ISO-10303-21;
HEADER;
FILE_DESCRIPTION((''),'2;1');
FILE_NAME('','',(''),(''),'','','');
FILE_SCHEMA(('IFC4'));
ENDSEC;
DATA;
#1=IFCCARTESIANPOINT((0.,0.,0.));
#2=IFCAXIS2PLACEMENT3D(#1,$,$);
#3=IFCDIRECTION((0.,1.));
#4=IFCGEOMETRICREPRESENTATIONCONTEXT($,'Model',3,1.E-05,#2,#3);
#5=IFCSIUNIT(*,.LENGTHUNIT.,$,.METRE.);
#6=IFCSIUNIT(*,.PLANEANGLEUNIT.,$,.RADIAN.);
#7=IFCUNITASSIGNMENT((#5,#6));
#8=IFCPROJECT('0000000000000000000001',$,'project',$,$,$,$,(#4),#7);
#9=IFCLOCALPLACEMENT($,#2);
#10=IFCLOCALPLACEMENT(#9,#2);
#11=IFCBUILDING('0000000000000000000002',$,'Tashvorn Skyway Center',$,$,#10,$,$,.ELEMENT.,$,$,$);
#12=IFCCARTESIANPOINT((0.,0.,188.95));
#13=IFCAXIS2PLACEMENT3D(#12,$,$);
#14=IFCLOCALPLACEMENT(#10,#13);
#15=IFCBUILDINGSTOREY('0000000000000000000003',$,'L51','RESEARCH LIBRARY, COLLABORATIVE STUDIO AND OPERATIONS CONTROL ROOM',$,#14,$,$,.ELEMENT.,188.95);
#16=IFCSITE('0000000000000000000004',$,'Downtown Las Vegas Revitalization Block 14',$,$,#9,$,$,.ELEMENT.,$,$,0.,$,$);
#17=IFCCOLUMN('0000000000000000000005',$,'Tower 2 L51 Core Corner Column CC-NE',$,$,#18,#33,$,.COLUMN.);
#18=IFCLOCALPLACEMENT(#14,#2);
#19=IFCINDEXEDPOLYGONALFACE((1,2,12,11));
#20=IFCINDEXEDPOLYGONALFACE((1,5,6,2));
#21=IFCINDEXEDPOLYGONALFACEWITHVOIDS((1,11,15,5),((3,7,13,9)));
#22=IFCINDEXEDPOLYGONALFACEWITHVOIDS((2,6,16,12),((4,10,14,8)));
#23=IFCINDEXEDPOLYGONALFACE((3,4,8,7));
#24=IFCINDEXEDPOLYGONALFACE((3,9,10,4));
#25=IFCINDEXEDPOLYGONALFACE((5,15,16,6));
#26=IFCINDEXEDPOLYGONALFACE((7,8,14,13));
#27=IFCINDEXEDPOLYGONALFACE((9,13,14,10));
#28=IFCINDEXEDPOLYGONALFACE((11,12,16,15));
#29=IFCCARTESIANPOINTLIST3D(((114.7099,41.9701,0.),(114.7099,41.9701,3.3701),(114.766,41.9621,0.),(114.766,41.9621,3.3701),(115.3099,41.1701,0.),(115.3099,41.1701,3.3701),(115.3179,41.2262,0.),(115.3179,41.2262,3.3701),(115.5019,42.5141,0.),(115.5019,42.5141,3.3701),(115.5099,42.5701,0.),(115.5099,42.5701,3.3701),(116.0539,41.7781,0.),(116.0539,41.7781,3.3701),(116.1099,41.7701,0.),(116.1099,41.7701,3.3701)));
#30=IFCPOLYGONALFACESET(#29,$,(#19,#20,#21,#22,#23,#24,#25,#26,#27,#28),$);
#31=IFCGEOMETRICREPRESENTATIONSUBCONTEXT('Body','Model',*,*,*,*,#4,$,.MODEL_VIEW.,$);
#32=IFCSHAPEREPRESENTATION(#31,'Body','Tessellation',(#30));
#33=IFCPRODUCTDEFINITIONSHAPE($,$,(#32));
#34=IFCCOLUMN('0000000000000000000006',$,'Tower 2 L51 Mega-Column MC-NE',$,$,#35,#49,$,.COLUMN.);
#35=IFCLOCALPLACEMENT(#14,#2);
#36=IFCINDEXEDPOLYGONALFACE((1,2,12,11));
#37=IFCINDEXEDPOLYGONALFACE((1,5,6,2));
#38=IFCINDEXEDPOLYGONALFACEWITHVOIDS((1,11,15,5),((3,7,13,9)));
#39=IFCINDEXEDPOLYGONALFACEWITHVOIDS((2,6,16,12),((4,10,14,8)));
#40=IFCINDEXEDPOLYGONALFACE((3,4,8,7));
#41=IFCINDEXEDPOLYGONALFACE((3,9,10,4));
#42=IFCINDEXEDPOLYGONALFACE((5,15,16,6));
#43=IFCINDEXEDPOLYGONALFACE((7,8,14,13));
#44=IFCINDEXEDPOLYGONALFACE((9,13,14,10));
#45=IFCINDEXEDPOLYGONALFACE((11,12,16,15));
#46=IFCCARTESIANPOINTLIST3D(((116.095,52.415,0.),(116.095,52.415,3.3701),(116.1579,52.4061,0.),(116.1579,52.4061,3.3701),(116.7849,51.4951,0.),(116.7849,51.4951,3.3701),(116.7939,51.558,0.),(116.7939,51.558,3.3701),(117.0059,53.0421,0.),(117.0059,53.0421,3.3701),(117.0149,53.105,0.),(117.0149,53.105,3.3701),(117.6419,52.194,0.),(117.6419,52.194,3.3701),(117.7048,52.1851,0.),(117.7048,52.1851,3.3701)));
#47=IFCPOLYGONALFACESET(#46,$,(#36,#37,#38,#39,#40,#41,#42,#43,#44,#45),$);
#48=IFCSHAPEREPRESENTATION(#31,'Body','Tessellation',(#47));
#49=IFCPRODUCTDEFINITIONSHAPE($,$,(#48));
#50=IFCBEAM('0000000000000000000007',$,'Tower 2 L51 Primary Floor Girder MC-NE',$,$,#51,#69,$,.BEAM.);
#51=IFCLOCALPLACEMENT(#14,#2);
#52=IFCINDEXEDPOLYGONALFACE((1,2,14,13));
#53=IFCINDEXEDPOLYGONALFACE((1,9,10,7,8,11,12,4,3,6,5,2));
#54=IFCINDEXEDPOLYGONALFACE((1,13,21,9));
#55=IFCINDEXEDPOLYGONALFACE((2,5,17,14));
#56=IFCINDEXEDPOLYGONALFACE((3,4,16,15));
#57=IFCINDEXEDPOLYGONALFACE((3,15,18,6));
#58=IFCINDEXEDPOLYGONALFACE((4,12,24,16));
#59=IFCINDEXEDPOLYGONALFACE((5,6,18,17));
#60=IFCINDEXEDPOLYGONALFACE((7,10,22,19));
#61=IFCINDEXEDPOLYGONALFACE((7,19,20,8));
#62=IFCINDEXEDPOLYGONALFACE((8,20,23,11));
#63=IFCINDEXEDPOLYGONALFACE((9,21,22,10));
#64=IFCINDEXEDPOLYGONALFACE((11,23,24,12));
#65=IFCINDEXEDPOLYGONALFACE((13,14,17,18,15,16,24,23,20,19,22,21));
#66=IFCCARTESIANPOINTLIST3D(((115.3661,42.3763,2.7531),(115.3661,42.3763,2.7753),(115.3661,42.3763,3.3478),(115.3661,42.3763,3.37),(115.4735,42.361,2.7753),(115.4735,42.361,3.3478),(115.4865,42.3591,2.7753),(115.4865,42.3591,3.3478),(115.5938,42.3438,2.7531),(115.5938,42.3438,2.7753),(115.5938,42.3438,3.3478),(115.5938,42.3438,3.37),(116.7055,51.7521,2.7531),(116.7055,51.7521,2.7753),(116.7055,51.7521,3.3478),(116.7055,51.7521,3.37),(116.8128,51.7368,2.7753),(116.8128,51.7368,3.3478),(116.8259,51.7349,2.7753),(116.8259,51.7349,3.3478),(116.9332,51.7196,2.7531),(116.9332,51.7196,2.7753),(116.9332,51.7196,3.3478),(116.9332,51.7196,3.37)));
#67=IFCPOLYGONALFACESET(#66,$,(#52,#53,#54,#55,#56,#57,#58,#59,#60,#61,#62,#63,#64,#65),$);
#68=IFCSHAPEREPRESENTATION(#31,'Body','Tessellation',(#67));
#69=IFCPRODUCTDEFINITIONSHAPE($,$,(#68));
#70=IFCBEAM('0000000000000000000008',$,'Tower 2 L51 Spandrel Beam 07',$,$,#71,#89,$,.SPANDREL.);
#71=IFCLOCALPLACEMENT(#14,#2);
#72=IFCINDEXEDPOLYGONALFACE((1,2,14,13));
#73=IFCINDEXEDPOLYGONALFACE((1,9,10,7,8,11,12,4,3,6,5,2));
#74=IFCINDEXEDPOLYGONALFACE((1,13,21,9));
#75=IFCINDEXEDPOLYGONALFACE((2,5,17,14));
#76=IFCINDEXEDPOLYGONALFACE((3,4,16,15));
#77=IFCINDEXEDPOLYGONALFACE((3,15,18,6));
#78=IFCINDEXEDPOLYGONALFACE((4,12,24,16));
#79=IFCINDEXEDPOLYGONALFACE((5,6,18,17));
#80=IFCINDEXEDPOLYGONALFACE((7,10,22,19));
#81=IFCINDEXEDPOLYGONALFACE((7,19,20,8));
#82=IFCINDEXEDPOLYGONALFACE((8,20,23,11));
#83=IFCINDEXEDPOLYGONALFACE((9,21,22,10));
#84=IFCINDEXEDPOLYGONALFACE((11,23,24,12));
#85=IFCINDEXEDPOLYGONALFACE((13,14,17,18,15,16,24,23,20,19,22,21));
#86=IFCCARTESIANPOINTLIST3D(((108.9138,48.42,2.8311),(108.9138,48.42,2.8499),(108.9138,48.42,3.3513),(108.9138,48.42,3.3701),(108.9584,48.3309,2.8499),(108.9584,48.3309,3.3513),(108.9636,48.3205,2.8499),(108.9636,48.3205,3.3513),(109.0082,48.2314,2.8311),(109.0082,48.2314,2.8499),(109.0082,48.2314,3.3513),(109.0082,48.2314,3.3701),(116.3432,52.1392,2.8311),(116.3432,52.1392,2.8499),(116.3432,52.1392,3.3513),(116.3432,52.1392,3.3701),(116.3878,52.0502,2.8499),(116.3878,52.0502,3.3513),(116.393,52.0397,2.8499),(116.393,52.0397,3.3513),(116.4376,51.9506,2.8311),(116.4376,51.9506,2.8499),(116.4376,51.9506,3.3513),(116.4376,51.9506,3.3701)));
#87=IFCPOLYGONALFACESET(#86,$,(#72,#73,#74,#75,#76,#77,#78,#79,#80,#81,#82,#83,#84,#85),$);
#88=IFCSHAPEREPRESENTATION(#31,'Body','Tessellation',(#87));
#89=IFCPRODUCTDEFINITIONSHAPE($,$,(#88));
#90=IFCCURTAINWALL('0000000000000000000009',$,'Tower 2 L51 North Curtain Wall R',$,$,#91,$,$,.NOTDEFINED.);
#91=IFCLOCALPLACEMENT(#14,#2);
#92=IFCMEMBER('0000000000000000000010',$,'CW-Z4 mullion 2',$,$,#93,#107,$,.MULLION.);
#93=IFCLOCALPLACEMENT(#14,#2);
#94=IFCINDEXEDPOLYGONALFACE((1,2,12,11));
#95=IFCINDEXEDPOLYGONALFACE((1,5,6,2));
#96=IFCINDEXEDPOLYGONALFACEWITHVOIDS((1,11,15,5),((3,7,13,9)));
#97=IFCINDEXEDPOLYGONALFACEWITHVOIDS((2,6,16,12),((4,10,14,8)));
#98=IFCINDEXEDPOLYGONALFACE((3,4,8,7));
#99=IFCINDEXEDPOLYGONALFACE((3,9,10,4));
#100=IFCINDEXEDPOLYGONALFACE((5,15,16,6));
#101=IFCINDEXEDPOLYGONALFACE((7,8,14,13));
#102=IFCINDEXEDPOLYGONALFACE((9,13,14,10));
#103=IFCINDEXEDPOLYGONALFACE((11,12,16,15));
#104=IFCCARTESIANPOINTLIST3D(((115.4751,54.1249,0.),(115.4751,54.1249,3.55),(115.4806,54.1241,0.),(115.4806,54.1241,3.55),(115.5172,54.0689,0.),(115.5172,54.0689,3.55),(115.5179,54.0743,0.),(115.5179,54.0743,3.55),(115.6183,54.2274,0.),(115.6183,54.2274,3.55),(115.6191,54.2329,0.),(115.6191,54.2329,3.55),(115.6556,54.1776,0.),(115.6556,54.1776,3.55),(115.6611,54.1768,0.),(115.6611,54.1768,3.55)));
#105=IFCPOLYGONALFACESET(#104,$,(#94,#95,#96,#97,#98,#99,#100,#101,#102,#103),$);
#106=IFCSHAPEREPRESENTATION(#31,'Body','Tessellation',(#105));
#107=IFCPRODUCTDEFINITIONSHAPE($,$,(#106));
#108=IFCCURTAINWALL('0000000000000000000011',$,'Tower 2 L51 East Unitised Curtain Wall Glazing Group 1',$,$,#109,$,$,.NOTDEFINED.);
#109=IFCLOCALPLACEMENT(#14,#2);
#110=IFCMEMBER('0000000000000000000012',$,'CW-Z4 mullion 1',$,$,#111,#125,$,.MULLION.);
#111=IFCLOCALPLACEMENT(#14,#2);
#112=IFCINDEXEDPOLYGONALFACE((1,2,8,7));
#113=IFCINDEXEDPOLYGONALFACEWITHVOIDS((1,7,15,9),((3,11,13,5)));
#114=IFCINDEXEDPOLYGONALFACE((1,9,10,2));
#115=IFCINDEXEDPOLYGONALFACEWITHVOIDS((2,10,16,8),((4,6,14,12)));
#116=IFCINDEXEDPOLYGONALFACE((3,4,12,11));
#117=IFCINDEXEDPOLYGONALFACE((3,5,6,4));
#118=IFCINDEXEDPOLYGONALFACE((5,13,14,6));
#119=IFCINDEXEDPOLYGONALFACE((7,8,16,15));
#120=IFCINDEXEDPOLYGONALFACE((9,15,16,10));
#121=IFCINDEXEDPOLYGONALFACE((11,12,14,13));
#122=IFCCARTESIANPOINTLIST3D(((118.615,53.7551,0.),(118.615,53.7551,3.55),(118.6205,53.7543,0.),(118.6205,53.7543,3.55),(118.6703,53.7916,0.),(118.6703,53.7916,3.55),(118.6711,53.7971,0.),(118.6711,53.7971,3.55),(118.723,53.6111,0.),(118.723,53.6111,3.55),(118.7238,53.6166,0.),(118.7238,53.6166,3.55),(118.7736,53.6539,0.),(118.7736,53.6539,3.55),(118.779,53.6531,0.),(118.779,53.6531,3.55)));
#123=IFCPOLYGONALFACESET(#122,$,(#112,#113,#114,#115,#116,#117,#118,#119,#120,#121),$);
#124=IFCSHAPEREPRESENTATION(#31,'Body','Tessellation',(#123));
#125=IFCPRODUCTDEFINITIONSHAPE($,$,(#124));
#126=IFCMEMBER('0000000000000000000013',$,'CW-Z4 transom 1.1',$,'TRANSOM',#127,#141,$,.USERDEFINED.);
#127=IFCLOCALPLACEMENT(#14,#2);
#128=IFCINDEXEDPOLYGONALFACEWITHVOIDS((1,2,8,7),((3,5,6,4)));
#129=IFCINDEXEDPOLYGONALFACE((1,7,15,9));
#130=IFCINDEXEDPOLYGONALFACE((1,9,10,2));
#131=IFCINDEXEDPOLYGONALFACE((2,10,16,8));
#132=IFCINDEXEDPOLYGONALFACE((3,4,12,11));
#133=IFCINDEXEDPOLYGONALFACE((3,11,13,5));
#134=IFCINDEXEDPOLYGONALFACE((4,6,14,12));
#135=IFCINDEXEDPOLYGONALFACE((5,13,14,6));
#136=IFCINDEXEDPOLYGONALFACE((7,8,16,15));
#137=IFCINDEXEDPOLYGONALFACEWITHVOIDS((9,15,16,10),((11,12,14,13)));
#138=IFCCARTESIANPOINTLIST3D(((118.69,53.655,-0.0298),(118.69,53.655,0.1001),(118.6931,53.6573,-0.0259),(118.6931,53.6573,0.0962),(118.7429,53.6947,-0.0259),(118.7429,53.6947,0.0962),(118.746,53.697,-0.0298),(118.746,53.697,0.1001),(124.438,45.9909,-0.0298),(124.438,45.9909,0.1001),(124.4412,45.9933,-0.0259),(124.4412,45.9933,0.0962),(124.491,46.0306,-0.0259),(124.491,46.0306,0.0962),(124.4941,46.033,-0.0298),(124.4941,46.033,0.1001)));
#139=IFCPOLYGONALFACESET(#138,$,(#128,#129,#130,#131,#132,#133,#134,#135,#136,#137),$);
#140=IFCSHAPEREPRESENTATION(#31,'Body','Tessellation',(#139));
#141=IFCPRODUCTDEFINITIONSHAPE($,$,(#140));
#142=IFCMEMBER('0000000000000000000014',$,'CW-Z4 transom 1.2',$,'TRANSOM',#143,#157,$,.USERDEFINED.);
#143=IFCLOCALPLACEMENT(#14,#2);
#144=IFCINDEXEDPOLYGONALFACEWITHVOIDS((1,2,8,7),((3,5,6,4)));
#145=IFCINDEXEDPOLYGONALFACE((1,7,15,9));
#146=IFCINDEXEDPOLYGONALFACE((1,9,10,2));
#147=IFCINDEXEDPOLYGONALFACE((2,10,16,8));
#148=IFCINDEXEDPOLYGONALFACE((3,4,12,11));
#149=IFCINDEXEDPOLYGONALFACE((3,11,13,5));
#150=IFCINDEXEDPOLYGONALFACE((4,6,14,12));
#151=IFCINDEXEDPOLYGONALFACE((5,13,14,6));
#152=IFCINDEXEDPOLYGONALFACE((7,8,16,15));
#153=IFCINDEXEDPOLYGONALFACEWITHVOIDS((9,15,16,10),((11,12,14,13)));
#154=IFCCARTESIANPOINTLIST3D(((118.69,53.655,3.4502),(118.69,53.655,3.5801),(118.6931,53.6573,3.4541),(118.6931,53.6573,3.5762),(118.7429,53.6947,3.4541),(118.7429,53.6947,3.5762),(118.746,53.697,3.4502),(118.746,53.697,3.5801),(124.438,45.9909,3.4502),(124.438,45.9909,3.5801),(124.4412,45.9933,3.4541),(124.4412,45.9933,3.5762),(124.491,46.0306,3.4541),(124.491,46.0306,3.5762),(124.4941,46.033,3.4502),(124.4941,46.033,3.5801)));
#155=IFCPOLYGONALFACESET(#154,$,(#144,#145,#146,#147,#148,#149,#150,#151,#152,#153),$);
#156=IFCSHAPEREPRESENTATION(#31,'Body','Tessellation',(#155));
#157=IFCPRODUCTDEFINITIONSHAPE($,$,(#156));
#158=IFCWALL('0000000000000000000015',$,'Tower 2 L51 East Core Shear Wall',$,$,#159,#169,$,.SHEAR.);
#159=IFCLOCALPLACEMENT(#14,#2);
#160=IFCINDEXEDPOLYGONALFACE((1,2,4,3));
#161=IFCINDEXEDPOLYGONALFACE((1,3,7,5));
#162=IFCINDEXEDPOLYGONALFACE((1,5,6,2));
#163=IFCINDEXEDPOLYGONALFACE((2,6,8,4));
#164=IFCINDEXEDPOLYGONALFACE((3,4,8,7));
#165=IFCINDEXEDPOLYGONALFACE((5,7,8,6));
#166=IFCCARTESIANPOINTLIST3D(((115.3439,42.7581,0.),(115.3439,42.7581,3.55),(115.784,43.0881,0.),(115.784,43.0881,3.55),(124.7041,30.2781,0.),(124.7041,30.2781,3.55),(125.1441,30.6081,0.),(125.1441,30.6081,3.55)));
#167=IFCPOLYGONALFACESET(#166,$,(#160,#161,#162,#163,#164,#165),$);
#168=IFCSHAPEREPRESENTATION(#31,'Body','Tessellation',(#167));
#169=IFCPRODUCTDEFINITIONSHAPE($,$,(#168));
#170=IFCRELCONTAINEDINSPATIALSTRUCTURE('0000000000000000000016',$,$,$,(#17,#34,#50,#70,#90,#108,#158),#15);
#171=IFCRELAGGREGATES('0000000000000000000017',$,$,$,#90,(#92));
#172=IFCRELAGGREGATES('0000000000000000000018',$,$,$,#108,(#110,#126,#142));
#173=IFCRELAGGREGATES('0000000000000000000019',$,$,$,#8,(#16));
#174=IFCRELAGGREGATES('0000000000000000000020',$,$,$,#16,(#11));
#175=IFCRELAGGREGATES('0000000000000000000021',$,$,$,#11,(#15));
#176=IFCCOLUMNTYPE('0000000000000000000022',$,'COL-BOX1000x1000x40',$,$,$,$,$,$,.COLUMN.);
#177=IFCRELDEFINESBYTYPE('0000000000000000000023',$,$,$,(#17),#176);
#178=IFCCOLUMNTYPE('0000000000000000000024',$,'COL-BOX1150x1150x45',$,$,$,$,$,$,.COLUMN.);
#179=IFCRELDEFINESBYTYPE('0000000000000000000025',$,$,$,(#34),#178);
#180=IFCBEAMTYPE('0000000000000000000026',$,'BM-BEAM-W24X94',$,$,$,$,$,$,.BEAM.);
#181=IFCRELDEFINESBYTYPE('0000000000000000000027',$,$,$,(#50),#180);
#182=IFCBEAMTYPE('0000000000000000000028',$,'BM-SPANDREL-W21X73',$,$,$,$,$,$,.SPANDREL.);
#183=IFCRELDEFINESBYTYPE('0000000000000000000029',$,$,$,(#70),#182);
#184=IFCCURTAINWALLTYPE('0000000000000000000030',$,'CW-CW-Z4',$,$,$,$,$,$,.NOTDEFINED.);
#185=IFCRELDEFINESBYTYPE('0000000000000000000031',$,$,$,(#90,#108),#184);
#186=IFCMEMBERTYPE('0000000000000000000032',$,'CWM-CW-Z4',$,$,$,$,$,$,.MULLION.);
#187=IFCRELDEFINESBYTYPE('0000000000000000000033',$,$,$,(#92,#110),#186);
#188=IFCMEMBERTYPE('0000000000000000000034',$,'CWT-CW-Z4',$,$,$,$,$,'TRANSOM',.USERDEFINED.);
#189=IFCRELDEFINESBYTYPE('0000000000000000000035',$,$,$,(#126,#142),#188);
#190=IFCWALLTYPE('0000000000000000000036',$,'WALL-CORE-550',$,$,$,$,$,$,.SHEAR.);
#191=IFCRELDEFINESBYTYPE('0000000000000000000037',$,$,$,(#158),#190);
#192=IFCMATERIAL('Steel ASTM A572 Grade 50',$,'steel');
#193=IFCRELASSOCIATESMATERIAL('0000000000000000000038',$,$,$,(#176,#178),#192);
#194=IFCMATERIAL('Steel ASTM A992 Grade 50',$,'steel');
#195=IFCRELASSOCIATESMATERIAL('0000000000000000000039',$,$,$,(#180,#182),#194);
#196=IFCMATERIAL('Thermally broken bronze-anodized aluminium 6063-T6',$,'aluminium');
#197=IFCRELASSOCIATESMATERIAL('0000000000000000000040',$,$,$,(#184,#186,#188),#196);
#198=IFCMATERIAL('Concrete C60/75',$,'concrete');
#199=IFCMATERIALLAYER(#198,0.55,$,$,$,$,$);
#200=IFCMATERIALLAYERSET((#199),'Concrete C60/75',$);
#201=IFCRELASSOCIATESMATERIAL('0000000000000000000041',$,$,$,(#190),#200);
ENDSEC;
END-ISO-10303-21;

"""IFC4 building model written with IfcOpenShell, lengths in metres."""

from ifc_helpers import new_model, si_unit, direction, frame, frame_2d, origin, origin_2d, place, context, subcontext, project, spatial, rectangle, hollow_rectangle, i_section, extrude, material, layer, layer_set, material_profile, profile_set, type_object, element, aggregate, save


model = new_model("IFC4")

# Units and contexts
model_context = context("Model", 3, precision=1e-05, world=origin(), true_north=direction((0.0, 1.0)))
body_context = subcontext(model_context, "Body", "Model", "MODEL_VIEW")
ifc_project = project(units=[si_unit("LENGTHUNIT", "METRE"), si_unit("PLANEANGLEUNIT", "RADIAN")], contexts=[model_context])

# Site, building, storey
site_placement = place(None, origin())
site = spatial("IfcSite", under=ifc_project, at=site_placement, Name="Downtown Las Vegas Revitalization Block 14", CompositionType="ELEMENT", RefElevation=0.0)
building_placement = place(site_placement, origin())
building = spatial("IfcBuilding", under=site, at=building_placement, Name="Tashvorn Skyway Center", CompositionType="ELEMENT")
storey_placement = place(building_placement, frame((0.0, 0.0, 188.95)))
storey = spatial("IfcBuildingStorey", under=building, at=storey_placement, Name="L51", Description="RESEARCH LIBRARY, COLLABORATIVE STUDIO AND OPERATIONS CONTROL ROOM", CompositionType="ELEMENT", Elevation=188.95)

# Columns
ifc_material_1 = material(Name="Steel ASTM A572 Grade 50", Category="steel")
ifc_material_profile_1 = material_profile(ifc_material_1, hollow_rectangle(XDim=1.0, YDim=1.0, WallThickness=0.04, at=origin_2d()), Name="BOX1000x1000x40")
ifc_profile_set_1 = profile_set([ifc_material_profile_1], Name="Steel ASTM A572 Grade 50")
column_type_1 = type_object("IfcColumnType", Name="COL-BOX1000x1000x40", PredefinedType="COLUMN", material=ifc_profile_set_1)
column_1_placement = place(storey_placement, frame((115.4099, 41.8701, 0.0), z_axis=(0.0, 0.0, 1.0), x_axis=(0.8, 0.6, 0.0)))
element("IfcColumn", 1, at=column_1_placement, inside=storey, type_object=column_type_1, Name="Tower 2 L51 Core Corner Column CC-NE", PredefinedType="COLUMN", context=body_context, shape_type="SweptSolid", body=[
    extrude(hollow_rectangle(XDim=1.0, YDim=1.0, WallThickness=0.04, at=origin_2d()), origin(), (0.0, 0.0, 1.0), 3.3701),
])
ifc_material_profile_2 = material_profile(ifc_material_1, hollow_rectangle(XDim=1.1499, YDim=1.1499, WallThickness=0.0449, at=origin_2d()), Name="BOX1150x1150x45")
ifc_profile_set_2 = profile_set([ifc_material_profile_2], Name="Steel ASTM A572 Grade 50")
column_type_2 = type_object("IfcColumnType", Name="COL-BOX1150x1150x45", PredefinedType="COLUMN", material=ifc_profile_set_2)
column_2_placement = place(storey_placement, frame((116.8999, 52.3, 0.0), z_axis=(0.0, 0.0, 1.0), x_axis=(0.8, 0.6, 0.0)))
element("IfcColumn", 2, at=column_2_placement, inside=storey, type_object=column_type_2, Name="Tower 2 L51 Mega-Column MC-NE", PredefinedType="COLUMN", context=body_context, shape_type="SweptSolid", body=[
    extrude(hollow_rectangle(XDim=1.1499, YDim=1.1499, WallThickness=0.0449, at=origin_2d()), origin(), (0.0, 0.0, 1.0), 3.3701),
])

# Beams
ifc_material_2 = material(Name="Steel ASTM A992 Grade 50", Category="steel")
ifc_material_profile_3 = material_profile(ifc_material_2, i_section(OverallWidth=0.23, OverallDepth=0.6169, WebThickness=0.0132, FlangeThickness=0.0222, at=origin_2d()), Name="W24X94")
ifc_profile_set_3 = profile_set([ifc_material_profile_3], Name="Steel ASTM A992 Grade 50")
beam_type_1 = type_object("IfcBeamType", Name="BM-BEAM-W24X94", PredefinedType="BEAM", material=ifc_profile_set_3)
beam_1_placement = place(storey_placement, frame((116.8193, 51.7358, 3.0615), z_axis=(-0.141418, -0.98995, 0.0), x_axis=(0.98995, -0.141418, 0.0)))
element("IfcBeam", 3, at=beam_1_placement, inside=storey, type_object=beam_type_1, Name="Tower 2 L51 Primary Floor Girder MC-NE", PredefinedType="BEAM", context=body_context, shape_type="SweptSolid", body=[
    extrude(i_section(OverallWidth=0.23, OverallDepth=0.6169, WebThickness=0.0132, FlangeThickness=0.0222, at=origin_2d()), origin(), (0.0, 0.0, 1.0), 9.4709),
])
ifc_material_profile_4 = material_profile(ifc_material_2, i_section(OverallWidth=0.2109, OverallDepth=0.5391, WebThickness=0.0117, FlangeThickness=0.0188, at=origin_2d()), Name="W21X73")
ifc_profile_set_4 = profile_set([ifc_material_profile_4], Name="Steel ASTM A992 Grade 50")
beam_type_2 = type_object("IfcBeamType", Name="BM-SPANDREL-W21X73", PredefinedType="SPANDREL", material=ifc_profile_set_4)
beam_2_placement = place(storey_placement, frame((116.3904, 52.0449, 3.1006), z_axis=(-0.89421, -0.447648, 0.0), x_axis=(0.447648, -0.89421, 0.0)))
element("IfcBeam", 4, at=beam_2_placement, inside=storey, type_object=beam_type_2, Name="Tower 2 L51 Spandrel Beam 07", PredefinedType="SPANDREL", context=body_context, shape_type="SweptSolid", body=[
    extrude(i_section(OverallWidth=0.2109, OverallDepth=0.5391, WebThickness=0.0117, FlangeThickness=0.0188, at=origin_2d()), origin(), (0.0, 0.0, 1.0), 8.3083),
])

# Curtain wall, member
ifc_material_3 = material(Name="Thermally broken bronze-anodized aluminium 6063-T6", Category="aluminium")
curtain_wall_type = type_object("IfcCurtainWallType", Name="CW-CW-Z4", PredefinedType="NOTDEFINED", material=ifc_material_3)
curtain_wall_1_placement = place(storey_placement, origin())
curtain_wall_1 = element("IfcCurtainWall", 5, at=curtain_wall_1_placement, inside=storey, type_object=curtain_wall_type, Name="Tower 2 L51 North Curtain Wall R", PredefinedType="NOTDEFINED")
ifc_material_profile_5 = material_profile(ifc_material_3, hollow_rectangle(XDim=0.0701, YDim=0.1799, WallThickness=0.0039, at=origin_2d()), Name="ALU-MULL-70x180")
ifc_profile_set_5 = profile_set([ifc_material_profile_5], Name="Thermally broken bronze-anodized aluminium 6063-T6")
member_type_1 = type_object("IfcMemberType", Name="CWM-CW-Z4", PredefinedType="MULLION", material=ifc_profile_set_5)
member_1_placement = place(storey_placement, frame((115.5681, 54.1509, 0.0), z_axis=(0.0, 0.0, 1.0), x_axis=(-0.6, 0.8, 0.0)))
member_1 = element("IfcMember", 6, at=member_1_placement, type_object=member_type_1, Name="CW-Z4 mullion 2", PredefinedType="MULLION", context=body_context, shape_type="SweptSolid", body=[
    extrude(hollow_rectangle(XDim=0.0701, YDim=0.1799, WallThickness=0.0039, at=origin_2d()), origin(), (0.0, 0.0, 1.0), 3.55),
])
aggregate(curtain_wall_1, [member_1])

# Curtain wall, members
curtain_wall_2_placement = place(storey_placement, origin())
curtain_wall_2 = element("IfcCurtainWall", 7, at=curtain_wall_2_placement, inside=storey, type_object=curtain_wall_type, Name="Tower 2 L51 East Unitised Curtain Wall Glazing Group 1", PredefinedType="NOTDEFINED")
member_2_placement = place(storey_placement, frame((118.697, 53.7041, 0.0), z_axis=(0.0, 0.0, 1.0), x_axis=(0.8, 0.6, 0.0)))
member_2 = element("IfcMember", 8, at=member_2_placement, type_object=member_type_1, Name="CW-Z4 mullion 1", PredefinedType="MULLION", context=body_context, shape_type="SweptSolid", body=[
    extrude(hollow_rectangle(XDim=0.0701, YDim=0.1799, WallThickness=0.0039, at=origin_2d()), origin(), (0.0, 0.0, 1.0), 3.55),
])
ifc_material_profile_6 = material_profile(ifc_material_3, hollow_rectangle(XDim=0.0701, YDim=0.1299, WallThickness=0.0039, at=origin_2d()), Name="ALU-TRAN-70x130")
ifc_profile_set_6 = profile_set([ifc_material_profile_6], Name="Thermally broken bronze-anodized aluminium 6063-T6")
member_type_2 = type_object("IfcMemberType", Name="CWT-CW-Z4", ElementType="TRANSOM", PredefinedType="USERDEFINED", material=ifc_profile_set_6)
member_3_placement = place(storey_placement, frame((118.718, 53.676, 0.0352), z_axis=(0.6, -0.8, 0.0), x_axis=(0.8, 0.6, 0.0)))
member_3 = element("IfcMember", 9, at=member_3_placement, type_object=member_type_2, Name="CW-Z4 transom 1.1", ObjectType="TRANSOM", PredefinedType="USERDEFINED", context=body_context, shape_type="SweptSolid", body=[
    extrude(hollow_rectangle(XDim=0.0701, YDim=0.1299, WallThickness=0.0039, at=origin_2d()), origin(), (0.0, 0.0, 1.0), 9.5801),
])
member_4_placement = place(storey_placement, frame((118.718, 53.676, 3.5151), z_axis=(0.6, -0.8, 0.0), x_axis=(0.8, 0.6, 0.0)))
member_4 = element("IfcMember", 10, at=member_4_placement, type_object=member_type_2, Name="CW-Z4 transom 1.2", ObjectType="TRANSOM", PredefinedType="USERDEFINED", context=body_context, shape_type="SweptSolid", body=[
    extrude(hollow_rectangle(XDim=0.0701, YDim=0.1299, WallThickness=0.0039, at=origin_2d()), origin(), (0.0, 0.0, 1.0), 9.5801),
])
aggregate(curtain_wall_2, [member_2, member_3, member_4])

# Wall
ifc_material_4 = material(Name="Concrete C60/75", Category="concrete")
ifc_layer_1 = layer(ifc_material_4, 0.55)
ifc_layer_set_1 = layer_set([ifc_layer_1], Name="Concrete C60/75")
wall_type_1 = type_object("IfcWallType", Name="WALL-CORE-550", PredefinedType="SHEAR", material=ifc_layer_set_1)
wall_1_placement = place(storey_placement, frame((115.564, 42.9231, 0.0), z_axis=(0.0, 0.0, 1.0), x_axis=(0.600005, -0.799996, 0.0)))
element("IfcWall", 11, at=wall_1_placement, inside=storey, type_object=wall_type_1, Name="Tower 2 L51 East Core Shear Wall", PredefinedType="SHEAR", context=body_context, shape_type="SweptSolid", body=[
    extrude(rectangle(XDim=15.6001, YDim=0.55, at=frame_2d((7.8, 0.0))), origin(), (0.0, 0.0, 1.0), 3.55),
])

save(model, "model.ifc")
